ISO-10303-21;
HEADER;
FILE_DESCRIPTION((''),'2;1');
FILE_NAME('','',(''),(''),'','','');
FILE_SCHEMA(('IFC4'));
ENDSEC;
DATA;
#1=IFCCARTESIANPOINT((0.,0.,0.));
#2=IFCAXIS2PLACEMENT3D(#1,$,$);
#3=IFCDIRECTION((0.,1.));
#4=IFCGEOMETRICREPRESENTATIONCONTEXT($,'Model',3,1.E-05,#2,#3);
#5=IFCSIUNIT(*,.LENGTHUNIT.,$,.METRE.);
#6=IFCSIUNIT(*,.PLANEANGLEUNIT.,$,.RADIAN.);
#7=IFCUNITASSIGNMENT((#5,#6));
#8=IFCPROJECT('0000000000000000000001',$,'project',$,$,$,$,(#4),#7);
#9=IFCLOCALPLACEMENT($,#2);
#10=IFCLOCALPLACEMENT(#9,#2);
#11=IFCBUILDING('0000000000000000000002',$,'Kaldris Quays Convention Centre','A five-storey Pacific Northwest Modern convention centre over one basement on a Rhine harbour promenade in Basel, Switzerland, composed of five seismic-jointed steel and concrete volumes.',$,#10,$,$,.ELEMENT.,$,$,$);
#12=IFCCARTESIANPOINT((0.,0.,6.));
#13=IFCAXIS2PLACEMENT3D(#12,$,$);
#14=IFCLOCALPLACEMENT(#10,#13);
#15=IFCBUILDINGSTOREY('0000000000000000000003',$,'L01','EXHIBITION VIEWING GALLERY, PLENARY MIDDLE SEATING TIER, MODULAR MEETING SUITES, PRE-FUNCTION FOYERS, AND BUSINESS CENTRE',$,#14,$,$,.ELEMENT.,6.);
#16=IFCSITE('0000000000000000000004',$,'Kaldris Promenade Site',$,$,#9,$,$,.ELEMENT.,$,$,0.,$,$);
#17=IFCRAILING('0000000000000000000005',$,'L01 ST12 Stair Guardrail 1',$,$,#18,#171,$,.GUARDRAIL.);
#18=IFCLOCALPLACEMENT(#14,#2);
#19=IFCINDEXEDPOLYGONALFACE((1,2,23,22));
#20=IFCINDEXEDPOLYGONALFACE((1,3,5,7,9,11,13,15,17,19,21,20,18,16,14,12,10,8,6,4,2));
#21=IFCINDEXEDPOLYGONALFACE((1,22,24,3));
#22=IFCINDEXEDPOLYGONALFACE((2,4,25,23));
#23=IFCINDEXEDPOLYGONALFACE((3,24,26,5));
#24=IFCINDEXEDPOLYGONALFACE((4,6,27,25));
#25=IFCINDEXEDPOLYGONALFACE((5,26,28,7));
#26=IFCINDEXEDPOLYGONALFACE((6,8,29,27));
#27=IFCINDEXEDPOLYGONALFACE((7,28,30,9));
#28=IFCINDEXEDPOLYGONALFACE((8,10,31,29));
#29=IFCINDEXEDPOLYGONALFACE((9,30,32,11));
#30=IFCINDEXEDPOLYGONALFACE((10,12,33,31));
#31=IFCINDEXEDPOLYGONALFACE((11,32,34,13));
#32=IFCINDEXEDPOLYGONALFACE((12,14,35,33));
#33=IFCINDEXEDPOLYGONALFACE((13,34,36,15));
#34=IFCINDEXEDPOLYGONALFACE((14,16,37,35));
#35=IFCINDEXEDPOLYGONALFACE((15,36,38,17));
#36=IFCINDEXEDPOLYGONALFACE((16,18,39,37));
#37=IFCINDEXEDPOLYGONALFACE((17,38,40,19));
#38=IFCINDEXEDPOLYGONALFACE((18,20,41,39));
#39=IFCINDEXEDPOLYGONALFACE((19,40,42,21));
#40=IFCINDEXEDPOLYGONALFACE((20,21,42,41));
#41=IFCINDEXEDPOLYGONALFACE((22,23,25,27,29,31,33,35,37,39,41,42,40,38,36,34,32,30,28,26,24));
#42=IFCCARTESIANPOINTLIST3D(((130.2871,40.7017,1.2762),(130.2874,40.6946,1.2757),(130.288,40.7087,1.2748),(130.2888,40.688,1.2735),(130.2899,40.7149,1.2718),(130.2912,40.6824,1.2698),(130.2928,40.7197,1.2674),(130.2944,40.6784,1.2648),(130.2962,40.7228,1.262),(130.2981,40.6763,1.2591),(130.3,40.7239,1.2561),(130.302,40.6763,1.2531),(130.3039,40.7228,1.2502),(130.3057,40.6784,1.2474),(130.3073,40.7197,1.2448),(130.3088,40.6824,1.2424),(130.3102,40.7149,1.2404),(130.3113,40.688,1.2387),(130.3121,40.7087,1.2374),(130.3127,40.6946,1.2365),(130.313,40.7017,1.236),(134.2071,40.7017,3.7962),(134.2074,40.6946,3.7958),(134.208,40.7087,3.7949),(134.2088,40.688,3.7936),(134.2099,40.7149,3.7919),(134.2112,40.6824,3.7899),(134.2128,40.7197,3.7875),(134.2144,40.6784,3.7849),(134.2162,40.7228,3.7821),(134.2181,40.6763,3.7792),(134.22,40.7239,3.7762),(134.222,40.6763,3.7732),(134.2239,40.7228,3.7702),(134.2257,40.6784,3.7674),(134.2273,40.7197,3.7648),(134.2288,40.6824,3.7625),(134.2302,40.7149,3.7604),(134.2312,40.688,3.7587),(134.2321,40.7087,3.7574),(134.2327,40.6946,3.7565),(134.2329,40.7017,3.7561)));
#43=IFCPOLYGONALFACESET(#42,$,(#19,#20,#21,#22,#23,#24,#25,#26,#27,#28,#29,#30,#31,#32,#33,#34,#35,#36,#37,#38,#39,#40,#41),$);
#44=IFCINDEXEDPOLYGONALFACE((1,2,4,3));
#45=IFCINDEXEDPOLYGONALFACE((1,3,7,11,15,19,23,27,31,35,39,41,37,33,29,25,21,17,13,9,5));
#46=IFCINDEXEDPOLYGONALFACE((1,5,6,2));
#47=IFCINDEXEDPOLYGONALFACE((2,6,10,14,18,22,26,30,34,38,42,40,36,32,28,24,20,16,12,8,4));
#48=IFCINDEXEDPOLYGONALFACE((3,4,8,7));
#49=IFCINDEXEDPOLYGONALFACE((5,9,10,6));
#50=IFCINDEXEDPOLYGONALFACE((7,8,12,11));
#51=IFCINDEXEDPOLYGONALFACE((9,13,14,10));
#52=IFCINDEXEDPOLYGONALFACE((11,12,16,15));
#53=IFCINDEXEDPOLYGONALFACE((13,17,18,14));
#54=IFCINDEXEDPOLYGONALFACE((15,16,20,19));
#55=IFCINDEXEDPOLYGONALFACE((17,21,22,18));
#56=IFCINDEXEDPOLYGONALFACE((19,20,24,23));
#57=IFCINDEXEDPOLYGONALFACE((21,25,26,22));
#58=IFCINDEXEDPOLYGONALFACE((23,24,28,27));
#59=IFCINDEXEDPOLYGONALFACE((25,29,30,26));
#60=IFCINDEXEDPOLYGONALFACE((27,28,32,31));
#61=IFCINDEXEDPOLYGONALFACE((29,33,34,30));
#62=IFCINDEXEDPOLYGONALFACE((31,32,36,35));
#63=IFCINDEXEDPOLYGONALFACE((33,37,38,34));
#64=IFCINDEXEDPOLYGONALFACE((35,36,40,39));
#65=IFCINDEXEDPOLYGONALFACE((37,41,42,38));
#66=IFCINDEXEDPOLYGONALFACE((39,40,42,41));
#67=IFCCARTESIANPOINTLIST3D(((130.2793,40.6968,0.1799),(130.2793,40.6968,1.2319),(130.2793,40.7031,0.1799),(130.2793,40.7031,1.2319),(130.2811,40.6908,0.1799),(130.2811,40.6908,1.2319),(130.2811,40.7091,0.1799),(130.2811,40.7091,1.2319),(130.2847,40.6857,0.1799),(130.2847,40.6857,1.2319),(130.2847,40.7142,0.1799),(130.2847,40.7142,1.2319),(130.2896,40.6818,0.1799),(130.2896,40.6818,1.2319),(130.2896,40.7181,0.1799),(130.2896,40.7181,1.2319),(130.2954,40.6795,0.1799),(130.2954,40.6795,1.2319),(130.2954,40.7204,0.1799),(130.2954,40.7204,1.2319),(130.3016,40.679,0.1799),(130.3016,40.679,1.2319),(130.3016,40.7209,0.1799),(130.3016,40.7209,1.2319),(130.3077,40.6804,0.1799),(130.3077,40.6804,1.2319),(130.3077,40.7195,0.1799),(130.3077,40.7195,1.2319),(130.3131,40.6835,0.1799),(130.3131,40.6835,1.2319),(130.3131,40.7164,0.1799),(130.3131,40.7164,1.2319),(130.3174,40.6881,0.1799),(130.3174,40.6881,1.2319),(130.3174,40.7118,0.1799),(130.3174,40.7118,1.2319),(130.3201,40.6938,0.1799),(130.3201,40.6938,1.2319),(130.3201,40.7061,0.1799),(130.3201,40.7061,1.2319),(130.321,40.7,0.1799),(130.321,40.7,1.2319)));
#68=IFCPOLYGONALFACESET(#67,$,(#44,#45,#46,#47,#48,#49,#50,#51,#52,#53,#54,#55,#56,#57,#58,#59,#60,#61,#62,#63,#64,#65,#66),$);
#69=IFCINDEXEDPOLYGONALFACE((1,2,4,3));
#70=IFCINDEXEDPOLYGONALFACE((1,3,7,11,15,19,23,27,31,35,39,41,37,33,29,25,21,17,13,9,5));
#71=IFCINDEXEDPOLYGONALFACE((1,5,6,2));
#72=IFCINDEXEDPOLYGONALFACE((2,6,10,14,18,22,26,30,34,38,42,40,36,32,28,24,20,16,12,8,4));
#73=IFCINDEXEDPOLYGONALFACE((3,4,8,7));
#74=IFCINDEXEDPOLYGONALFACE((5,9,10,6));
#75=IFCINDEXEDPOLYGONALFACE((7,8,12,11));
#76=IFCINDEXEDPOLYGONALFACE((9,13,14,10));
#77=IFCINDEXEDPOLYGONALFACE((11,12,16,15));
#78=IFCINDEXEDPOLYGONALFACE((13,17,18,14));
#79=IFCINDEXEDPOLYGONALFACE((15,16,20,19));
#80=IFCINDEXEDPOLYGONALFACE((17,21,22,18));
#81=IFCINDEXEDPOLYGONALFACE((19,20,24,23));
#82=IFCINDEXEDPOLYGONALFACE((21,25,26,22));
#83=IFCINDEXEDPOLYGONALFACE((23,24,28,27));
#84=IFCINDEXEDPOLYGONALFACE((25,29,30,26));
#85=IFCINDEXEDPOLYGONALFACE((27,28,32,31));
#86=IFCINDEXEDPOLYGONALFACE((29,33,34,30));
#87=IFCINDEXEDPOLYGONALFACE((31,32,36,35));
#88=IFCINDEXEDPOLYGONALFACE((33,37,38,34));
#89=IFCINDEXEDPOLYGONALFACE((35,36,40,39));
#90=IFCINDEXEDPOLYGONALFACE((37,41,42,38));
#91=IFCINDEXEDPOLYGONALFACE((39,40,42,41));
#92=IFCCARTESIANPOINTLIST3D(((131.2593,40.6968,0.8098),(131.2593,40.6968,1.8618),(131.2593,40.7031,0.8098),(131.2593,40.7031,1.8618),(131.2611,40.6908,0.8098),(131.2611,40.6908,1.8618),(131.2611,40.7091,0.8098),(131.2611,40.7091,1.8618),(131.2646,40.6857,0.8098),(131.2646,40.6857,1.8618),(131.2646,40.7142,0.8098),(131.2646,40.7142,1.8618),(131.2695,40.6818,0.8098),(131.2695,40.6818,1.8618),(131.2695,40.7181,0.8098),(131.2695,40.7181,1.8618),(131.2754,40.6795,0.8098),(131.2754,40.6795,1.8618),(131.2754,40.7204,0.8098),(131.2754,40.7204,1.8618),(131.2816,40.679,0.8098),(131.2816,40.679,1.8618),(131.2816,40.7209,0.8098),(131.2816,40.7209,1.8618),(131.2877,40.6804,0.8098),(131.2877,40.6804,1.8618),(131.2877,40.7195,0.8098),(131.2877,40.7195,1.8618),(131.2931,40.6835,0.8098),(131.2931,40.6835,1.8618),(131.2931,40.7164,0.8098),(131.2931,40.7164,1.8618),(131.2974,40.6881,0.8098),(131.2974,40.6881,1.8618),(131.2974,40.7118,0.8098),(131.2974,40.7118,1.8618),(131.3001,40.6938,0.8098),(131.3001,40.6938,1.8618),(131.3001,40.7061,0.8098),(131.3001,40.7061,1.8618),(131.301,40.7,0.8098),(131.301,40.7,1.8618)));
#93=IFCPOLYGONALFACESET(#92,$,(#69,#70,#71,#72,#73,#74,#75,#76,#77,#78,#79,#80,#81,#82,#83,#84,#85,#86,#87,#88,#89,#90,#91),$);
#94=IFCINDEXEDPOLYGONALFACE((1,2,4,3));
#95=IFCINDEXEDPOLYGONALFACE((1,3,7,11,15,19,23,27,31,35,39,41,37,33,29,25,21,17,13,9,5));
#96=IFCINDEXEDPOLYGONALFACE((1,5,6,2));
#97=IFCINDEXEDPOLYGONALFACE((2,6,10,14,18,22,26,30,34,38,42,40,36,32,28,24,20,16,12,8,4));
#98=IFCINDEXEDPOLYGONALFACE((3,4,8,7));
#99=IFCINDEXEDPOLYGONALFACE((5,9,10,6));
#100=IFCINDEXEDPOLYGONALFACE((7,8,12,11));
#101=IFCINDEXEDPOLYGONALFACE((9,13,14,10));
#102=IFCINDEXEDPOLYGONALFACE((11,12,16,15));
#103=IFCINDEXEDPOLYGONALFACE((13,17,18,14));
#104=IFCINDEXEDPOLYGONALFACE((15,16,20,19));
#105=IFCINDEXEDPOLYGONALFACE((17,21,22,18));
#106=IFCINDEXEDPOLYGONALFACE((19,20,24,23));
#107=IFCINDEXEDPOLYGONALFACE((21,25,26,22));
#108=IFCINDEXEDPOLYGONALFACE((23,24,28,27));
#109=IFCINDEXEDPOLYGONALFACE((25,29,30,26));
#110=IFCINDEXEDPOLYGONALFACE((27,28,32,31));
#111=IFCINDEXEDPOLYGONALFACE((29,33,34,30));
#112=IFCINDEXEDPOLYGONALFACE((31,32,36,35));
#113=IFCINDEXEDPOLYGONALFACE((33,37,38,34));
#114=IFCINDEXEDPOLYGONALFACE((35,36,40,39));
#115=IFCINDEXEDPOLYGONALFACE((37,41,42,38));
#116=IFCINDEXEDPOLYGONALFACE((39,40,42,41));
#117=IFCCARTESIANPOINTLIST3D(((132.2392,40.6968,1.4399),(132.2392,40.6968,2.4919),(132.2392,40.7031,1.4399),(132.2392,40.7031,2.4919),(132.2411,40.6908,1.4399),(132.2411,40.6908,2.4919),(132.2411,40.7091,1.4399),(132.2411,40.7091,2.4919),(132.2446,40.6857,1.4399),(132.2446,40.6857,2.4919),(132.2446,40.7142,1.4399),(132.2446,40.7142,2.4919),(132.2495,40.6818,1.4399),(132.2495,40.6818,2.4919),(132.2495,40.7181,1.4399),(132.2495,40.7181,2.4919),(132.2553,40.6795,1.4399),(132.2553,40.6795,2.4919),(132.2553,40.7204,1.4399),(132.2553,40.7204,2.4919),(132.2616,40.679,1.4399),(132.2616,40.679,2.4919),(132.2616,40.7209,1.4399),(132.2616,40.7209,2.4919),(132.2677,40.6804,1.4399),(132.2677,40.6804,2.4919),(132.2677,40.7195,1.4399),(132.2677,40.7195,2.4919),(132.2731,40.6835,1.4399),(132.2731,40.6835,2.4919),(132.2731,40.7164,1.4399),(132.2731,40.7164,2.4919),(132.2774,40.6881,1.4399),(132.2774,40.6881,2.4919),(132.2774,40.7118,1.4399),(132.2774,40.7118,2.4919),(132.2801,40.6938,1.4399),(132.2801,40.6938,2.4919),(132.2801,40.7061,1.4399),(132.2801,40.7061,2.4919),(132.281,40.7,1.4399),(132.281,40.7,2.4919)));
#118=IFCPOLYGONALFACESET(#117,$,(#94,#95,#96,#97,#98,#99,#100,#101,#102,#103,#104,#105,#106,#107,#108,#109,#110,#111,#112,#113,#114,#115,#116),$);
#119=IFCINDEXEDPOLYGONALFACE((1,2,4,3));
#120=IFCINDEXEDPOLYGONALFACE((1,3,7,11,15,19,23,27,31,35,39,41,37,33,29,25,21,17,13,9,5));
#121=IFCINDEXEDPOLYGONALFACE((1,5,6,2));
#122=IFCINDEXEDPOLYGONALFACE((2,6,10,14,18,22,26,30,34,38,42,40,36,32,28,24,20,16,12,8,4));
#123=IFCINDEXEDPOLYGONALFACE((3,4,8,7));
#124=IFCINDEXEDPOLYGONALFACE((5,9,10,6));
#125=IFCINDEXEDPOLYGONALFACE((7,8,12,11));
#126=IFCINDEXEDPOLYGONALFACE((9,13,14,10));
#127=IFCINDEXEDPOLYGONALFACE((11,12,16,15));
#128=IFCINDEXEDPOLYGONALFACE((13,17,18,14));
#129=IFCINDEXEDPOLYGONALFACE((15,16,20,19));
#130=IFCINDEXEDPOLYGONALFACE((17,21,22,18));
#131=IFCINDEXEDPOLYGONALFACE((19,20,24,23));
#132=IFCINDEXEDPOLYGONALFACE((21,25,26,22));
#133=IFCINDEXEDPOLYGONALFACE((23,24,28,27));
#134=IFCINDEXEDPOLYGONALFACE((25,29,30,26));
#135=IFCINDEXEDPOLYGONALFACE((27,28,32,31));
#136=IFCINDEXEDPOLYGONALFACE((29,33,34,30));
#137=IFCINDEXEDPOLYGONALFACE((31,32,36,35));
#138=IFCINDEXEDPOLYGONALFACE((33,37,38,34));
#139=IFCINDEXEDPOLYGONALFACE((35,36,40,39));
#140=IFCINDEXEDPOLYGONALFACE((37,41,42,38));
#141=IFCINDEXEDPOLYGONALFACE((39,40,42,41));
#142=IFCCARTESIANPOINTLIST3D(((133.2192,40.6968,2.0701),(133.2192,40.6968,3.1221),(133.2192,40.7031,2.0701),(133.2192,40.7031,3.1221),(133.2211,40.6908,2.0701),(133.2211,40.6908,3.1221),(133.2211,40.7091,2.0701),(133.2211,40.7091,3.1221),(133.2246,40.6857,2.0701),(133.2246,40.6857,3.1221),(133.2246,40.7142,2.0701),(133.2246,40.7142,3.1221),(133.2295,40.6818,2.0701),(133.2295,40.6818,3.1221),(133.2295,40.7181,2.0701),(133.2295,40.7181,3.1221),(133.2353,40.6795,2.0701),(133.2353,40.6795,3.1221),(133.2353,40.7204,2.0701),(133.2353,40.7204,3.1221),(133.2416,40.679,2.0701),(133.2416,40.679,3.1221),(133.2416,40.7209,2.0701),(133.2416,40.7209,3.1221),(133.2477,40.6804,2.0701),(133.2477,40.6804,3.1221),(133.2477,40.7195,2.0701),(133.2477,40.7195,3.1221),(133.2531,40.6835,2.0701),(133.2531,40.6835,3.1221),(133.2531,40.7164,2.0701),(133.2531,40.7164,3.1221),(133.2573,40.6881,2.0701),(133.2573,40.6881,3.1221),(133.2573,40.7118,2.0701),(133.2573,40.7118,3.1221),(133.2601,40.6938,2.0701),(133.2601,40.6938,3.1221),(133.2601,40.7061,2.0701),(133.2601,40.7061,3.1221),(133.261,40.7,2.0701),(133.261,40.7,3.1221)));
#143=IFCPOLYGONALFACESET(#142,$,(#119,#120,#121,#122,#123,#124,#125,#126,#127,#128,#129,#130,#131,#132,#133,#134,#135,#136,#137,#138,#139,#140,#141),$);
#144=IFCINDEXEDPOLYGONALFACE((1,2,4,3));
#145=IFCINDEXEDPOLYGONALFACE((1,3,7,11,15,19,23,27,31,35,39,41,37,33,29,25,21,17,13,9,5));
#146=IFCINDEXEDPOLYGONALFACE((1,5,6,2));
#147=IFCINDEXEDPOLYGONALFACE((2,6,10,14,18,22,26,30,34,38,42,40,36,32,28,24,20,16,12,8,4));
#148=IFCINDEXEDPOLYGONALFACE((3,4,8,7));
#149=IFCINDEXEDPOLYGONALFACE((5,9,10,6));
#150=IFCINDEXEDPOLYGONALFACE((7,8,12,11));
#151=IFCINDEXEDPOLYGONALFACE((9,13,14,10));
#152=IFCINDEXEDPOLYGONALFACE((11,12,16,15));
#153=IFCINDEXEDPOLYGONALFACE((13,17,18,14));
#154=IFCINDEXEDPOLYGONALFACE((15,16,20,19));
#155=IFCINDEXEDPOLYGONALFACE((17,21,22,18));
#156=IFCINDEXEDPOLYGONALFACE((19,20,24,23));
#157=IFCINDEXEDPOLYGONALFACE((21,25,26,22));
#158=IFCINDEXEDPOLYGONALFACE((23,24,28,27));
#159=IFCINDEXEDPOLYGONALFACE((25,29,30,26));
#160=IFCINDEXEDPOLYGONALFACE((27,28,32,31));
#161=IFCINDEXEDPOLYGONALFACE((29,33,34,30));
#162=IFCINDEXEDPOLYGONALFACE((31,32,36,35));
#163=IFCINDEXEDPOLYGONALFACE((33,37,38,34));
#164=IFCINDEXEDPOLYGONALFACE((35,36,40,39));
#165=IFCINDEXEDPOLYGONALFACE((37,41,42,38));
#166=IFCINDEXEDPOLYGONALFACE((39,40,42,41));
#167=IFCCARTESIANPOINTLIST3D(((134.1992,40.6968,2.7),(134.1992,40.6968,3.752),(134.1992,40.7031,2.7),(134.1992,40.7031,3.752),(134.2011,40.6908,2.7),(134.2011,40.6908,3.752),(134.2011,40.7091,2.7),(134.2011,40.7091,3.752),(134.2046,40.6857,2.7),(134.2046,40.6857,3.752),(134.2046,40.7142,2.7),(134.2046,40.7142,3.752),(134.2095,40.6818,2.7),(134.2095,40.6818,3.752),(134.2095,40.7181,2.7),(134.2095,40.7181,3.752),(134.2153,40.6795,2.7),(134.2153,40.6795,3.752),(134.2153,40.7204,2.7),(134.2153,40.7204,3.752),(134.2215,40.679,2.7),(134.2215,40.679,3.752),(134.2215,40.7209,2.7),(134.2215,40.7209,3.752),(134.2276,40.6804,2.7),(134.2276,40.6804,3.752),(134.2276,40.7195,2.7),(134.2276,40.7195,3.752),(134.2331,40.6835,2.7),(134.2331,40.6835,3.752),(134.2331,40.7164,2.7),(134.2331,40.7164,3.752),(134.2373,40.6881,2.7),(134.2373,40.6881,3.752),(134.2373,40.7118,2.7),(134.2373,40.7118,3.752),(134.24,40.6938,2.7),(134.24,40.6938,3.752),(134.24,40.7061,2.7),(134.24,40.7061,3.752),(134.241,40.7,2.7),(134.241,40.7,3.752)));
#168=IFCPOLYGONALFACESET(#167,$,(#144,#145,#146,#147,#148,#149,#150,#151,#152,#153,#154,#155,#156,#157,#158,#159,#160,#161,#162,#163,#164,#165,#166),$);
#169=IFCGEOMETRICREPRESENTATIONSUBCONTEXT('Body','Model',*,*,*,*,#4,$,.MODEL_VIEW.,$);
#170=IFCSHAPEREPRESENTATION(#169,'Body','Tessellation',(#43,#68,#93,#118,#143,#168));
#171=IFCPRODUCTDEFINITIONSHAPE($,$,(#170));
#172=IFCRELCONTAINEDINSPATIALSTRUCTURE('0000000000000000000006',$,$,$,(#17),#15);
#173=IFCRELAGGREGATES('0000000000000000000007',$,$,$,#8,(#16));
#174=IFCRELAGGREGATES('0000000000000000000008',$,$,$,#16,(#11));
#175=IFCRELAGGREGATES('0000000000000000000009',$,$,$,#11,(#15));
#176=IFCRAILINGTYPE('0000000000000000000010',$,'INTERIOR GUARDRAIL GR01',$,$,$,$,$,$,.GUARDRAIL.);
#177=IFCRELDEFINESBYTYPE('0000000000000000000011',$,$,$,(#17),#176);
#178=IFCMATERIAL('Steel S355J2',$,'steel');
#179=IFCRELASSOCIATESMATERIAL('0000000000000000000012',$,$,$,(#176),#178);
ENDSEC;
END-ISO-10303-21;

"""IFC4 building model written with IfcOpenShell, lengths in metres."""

from ifc_helpers import new_model, si_unit, direction, frame, origin, origin_2d, place, context, subcontext, project, spatial, circle, extrude, material, type_object, element, save


model = new_model("IFC4")

# Units and contexts
model_context = context("Model", 3, precision=1e-05, world=origin(), true_north=direction((0.0, 1.0)))
body_context = subcontext(model_context, "Body", "Model", "MODEL_VIEW")
ifc_project = project(units=[si_unit("LENGTHUNIT", "METRE"), si_unit("PLANEANGLEUNIT", "RADIAN")], contexts=[model_context])

# Site, building, storey
site_placement = place(None, origin())
site = spatial("IfcSite", under=ifc_project, at=site_placement, Name="Kaldris Promenade Site", CompositionType="ELEMENT", RefElevation=0.0)
building_placement = place(site_placement, origin())
building = spatial("IfcBuilding", under=site, at=building_placement, Name="Kaldris Quays Convention Centre", Description="A five-storey Pacific Northwest Modern convention centre over one basement on a Rhine harbour promenade in Basel, Switzerland, composed of five seismic-jointed steel and concrete volumes.", CompositionType="ELEMENT")
storey_placement = place(building_placement, frame((0.0, 0.0, 6.0)))
storey = spatial("IfcBuildingStorey", under=building, at=storey_placement, Name="L01", Description="EXHIBITION VIEWING GALLERY, PLENARY MIDDLE SEATING TIER, MODULAR MEETING SUITES, PRE-FUNCTION FOYERS, AND BUSINESS CENTRE", CompositionType="ELEMENT", Elevation=6.0)

# Shared definitions
ifc_material_1 = material(Name="Steel S355J2", Category="steel")

# Railing
railing_type_1 = type_object("IfcRailingType", Name="INTERIOR GUARDRAIL GR01", PredefinedType="GUARDRAIL", material=ifc_material_1)
railing_1_placement = place(storey_placement, frame((130.3, 40.7, 0.1799)))
element("IfcRailing", 1, at=railing_1_placement, inside=storey, type_object=railing_type_1, Name="L01 ST12 Stair Guardrail 1", PredefinedType="GUARDRAIL", context=body_context, shape_type="SweptSolid", body=[
    extrude(circle(Radius=0.0239, at=origin_2d()), frame((0.0, 0.0, 1.0762), z_axis=(0.841172, 0.0, 0.540768), x_axis=(0.0, 1.0, 0.0)), (0.0, 0.0, 1.0), 4.6602),
    extrude(circle(Radius=0.021, at=origin_2d()), origin(), (0.0, 0.0, 1.0), 1.052),
    extrude(circle(Radius=0.021, at=origin_2d()), frame((0.98, 0.0, 0.6299)), (0.0, 0.0, 1.0), 1.052),
    extrude(circle(Radius=0.021, at=origin_2d()), frame((1.96, 0.0, 1.26)), (0.0, 0.0, 1.0), 1.052),
    extrude(circle(Radius=0.021, at=origin_2d()), frame((2.9399, 0.0, 1.8901)), (0.0, 0.0, 1.0), 1.052),
    extrude(circle(Radius=0.021, at=origin_2d()), frame((3.9199, 0.0, 2.52)), (0.0, 0.0, 1.0), 1.052),
])

save(model, "model.ifc")
